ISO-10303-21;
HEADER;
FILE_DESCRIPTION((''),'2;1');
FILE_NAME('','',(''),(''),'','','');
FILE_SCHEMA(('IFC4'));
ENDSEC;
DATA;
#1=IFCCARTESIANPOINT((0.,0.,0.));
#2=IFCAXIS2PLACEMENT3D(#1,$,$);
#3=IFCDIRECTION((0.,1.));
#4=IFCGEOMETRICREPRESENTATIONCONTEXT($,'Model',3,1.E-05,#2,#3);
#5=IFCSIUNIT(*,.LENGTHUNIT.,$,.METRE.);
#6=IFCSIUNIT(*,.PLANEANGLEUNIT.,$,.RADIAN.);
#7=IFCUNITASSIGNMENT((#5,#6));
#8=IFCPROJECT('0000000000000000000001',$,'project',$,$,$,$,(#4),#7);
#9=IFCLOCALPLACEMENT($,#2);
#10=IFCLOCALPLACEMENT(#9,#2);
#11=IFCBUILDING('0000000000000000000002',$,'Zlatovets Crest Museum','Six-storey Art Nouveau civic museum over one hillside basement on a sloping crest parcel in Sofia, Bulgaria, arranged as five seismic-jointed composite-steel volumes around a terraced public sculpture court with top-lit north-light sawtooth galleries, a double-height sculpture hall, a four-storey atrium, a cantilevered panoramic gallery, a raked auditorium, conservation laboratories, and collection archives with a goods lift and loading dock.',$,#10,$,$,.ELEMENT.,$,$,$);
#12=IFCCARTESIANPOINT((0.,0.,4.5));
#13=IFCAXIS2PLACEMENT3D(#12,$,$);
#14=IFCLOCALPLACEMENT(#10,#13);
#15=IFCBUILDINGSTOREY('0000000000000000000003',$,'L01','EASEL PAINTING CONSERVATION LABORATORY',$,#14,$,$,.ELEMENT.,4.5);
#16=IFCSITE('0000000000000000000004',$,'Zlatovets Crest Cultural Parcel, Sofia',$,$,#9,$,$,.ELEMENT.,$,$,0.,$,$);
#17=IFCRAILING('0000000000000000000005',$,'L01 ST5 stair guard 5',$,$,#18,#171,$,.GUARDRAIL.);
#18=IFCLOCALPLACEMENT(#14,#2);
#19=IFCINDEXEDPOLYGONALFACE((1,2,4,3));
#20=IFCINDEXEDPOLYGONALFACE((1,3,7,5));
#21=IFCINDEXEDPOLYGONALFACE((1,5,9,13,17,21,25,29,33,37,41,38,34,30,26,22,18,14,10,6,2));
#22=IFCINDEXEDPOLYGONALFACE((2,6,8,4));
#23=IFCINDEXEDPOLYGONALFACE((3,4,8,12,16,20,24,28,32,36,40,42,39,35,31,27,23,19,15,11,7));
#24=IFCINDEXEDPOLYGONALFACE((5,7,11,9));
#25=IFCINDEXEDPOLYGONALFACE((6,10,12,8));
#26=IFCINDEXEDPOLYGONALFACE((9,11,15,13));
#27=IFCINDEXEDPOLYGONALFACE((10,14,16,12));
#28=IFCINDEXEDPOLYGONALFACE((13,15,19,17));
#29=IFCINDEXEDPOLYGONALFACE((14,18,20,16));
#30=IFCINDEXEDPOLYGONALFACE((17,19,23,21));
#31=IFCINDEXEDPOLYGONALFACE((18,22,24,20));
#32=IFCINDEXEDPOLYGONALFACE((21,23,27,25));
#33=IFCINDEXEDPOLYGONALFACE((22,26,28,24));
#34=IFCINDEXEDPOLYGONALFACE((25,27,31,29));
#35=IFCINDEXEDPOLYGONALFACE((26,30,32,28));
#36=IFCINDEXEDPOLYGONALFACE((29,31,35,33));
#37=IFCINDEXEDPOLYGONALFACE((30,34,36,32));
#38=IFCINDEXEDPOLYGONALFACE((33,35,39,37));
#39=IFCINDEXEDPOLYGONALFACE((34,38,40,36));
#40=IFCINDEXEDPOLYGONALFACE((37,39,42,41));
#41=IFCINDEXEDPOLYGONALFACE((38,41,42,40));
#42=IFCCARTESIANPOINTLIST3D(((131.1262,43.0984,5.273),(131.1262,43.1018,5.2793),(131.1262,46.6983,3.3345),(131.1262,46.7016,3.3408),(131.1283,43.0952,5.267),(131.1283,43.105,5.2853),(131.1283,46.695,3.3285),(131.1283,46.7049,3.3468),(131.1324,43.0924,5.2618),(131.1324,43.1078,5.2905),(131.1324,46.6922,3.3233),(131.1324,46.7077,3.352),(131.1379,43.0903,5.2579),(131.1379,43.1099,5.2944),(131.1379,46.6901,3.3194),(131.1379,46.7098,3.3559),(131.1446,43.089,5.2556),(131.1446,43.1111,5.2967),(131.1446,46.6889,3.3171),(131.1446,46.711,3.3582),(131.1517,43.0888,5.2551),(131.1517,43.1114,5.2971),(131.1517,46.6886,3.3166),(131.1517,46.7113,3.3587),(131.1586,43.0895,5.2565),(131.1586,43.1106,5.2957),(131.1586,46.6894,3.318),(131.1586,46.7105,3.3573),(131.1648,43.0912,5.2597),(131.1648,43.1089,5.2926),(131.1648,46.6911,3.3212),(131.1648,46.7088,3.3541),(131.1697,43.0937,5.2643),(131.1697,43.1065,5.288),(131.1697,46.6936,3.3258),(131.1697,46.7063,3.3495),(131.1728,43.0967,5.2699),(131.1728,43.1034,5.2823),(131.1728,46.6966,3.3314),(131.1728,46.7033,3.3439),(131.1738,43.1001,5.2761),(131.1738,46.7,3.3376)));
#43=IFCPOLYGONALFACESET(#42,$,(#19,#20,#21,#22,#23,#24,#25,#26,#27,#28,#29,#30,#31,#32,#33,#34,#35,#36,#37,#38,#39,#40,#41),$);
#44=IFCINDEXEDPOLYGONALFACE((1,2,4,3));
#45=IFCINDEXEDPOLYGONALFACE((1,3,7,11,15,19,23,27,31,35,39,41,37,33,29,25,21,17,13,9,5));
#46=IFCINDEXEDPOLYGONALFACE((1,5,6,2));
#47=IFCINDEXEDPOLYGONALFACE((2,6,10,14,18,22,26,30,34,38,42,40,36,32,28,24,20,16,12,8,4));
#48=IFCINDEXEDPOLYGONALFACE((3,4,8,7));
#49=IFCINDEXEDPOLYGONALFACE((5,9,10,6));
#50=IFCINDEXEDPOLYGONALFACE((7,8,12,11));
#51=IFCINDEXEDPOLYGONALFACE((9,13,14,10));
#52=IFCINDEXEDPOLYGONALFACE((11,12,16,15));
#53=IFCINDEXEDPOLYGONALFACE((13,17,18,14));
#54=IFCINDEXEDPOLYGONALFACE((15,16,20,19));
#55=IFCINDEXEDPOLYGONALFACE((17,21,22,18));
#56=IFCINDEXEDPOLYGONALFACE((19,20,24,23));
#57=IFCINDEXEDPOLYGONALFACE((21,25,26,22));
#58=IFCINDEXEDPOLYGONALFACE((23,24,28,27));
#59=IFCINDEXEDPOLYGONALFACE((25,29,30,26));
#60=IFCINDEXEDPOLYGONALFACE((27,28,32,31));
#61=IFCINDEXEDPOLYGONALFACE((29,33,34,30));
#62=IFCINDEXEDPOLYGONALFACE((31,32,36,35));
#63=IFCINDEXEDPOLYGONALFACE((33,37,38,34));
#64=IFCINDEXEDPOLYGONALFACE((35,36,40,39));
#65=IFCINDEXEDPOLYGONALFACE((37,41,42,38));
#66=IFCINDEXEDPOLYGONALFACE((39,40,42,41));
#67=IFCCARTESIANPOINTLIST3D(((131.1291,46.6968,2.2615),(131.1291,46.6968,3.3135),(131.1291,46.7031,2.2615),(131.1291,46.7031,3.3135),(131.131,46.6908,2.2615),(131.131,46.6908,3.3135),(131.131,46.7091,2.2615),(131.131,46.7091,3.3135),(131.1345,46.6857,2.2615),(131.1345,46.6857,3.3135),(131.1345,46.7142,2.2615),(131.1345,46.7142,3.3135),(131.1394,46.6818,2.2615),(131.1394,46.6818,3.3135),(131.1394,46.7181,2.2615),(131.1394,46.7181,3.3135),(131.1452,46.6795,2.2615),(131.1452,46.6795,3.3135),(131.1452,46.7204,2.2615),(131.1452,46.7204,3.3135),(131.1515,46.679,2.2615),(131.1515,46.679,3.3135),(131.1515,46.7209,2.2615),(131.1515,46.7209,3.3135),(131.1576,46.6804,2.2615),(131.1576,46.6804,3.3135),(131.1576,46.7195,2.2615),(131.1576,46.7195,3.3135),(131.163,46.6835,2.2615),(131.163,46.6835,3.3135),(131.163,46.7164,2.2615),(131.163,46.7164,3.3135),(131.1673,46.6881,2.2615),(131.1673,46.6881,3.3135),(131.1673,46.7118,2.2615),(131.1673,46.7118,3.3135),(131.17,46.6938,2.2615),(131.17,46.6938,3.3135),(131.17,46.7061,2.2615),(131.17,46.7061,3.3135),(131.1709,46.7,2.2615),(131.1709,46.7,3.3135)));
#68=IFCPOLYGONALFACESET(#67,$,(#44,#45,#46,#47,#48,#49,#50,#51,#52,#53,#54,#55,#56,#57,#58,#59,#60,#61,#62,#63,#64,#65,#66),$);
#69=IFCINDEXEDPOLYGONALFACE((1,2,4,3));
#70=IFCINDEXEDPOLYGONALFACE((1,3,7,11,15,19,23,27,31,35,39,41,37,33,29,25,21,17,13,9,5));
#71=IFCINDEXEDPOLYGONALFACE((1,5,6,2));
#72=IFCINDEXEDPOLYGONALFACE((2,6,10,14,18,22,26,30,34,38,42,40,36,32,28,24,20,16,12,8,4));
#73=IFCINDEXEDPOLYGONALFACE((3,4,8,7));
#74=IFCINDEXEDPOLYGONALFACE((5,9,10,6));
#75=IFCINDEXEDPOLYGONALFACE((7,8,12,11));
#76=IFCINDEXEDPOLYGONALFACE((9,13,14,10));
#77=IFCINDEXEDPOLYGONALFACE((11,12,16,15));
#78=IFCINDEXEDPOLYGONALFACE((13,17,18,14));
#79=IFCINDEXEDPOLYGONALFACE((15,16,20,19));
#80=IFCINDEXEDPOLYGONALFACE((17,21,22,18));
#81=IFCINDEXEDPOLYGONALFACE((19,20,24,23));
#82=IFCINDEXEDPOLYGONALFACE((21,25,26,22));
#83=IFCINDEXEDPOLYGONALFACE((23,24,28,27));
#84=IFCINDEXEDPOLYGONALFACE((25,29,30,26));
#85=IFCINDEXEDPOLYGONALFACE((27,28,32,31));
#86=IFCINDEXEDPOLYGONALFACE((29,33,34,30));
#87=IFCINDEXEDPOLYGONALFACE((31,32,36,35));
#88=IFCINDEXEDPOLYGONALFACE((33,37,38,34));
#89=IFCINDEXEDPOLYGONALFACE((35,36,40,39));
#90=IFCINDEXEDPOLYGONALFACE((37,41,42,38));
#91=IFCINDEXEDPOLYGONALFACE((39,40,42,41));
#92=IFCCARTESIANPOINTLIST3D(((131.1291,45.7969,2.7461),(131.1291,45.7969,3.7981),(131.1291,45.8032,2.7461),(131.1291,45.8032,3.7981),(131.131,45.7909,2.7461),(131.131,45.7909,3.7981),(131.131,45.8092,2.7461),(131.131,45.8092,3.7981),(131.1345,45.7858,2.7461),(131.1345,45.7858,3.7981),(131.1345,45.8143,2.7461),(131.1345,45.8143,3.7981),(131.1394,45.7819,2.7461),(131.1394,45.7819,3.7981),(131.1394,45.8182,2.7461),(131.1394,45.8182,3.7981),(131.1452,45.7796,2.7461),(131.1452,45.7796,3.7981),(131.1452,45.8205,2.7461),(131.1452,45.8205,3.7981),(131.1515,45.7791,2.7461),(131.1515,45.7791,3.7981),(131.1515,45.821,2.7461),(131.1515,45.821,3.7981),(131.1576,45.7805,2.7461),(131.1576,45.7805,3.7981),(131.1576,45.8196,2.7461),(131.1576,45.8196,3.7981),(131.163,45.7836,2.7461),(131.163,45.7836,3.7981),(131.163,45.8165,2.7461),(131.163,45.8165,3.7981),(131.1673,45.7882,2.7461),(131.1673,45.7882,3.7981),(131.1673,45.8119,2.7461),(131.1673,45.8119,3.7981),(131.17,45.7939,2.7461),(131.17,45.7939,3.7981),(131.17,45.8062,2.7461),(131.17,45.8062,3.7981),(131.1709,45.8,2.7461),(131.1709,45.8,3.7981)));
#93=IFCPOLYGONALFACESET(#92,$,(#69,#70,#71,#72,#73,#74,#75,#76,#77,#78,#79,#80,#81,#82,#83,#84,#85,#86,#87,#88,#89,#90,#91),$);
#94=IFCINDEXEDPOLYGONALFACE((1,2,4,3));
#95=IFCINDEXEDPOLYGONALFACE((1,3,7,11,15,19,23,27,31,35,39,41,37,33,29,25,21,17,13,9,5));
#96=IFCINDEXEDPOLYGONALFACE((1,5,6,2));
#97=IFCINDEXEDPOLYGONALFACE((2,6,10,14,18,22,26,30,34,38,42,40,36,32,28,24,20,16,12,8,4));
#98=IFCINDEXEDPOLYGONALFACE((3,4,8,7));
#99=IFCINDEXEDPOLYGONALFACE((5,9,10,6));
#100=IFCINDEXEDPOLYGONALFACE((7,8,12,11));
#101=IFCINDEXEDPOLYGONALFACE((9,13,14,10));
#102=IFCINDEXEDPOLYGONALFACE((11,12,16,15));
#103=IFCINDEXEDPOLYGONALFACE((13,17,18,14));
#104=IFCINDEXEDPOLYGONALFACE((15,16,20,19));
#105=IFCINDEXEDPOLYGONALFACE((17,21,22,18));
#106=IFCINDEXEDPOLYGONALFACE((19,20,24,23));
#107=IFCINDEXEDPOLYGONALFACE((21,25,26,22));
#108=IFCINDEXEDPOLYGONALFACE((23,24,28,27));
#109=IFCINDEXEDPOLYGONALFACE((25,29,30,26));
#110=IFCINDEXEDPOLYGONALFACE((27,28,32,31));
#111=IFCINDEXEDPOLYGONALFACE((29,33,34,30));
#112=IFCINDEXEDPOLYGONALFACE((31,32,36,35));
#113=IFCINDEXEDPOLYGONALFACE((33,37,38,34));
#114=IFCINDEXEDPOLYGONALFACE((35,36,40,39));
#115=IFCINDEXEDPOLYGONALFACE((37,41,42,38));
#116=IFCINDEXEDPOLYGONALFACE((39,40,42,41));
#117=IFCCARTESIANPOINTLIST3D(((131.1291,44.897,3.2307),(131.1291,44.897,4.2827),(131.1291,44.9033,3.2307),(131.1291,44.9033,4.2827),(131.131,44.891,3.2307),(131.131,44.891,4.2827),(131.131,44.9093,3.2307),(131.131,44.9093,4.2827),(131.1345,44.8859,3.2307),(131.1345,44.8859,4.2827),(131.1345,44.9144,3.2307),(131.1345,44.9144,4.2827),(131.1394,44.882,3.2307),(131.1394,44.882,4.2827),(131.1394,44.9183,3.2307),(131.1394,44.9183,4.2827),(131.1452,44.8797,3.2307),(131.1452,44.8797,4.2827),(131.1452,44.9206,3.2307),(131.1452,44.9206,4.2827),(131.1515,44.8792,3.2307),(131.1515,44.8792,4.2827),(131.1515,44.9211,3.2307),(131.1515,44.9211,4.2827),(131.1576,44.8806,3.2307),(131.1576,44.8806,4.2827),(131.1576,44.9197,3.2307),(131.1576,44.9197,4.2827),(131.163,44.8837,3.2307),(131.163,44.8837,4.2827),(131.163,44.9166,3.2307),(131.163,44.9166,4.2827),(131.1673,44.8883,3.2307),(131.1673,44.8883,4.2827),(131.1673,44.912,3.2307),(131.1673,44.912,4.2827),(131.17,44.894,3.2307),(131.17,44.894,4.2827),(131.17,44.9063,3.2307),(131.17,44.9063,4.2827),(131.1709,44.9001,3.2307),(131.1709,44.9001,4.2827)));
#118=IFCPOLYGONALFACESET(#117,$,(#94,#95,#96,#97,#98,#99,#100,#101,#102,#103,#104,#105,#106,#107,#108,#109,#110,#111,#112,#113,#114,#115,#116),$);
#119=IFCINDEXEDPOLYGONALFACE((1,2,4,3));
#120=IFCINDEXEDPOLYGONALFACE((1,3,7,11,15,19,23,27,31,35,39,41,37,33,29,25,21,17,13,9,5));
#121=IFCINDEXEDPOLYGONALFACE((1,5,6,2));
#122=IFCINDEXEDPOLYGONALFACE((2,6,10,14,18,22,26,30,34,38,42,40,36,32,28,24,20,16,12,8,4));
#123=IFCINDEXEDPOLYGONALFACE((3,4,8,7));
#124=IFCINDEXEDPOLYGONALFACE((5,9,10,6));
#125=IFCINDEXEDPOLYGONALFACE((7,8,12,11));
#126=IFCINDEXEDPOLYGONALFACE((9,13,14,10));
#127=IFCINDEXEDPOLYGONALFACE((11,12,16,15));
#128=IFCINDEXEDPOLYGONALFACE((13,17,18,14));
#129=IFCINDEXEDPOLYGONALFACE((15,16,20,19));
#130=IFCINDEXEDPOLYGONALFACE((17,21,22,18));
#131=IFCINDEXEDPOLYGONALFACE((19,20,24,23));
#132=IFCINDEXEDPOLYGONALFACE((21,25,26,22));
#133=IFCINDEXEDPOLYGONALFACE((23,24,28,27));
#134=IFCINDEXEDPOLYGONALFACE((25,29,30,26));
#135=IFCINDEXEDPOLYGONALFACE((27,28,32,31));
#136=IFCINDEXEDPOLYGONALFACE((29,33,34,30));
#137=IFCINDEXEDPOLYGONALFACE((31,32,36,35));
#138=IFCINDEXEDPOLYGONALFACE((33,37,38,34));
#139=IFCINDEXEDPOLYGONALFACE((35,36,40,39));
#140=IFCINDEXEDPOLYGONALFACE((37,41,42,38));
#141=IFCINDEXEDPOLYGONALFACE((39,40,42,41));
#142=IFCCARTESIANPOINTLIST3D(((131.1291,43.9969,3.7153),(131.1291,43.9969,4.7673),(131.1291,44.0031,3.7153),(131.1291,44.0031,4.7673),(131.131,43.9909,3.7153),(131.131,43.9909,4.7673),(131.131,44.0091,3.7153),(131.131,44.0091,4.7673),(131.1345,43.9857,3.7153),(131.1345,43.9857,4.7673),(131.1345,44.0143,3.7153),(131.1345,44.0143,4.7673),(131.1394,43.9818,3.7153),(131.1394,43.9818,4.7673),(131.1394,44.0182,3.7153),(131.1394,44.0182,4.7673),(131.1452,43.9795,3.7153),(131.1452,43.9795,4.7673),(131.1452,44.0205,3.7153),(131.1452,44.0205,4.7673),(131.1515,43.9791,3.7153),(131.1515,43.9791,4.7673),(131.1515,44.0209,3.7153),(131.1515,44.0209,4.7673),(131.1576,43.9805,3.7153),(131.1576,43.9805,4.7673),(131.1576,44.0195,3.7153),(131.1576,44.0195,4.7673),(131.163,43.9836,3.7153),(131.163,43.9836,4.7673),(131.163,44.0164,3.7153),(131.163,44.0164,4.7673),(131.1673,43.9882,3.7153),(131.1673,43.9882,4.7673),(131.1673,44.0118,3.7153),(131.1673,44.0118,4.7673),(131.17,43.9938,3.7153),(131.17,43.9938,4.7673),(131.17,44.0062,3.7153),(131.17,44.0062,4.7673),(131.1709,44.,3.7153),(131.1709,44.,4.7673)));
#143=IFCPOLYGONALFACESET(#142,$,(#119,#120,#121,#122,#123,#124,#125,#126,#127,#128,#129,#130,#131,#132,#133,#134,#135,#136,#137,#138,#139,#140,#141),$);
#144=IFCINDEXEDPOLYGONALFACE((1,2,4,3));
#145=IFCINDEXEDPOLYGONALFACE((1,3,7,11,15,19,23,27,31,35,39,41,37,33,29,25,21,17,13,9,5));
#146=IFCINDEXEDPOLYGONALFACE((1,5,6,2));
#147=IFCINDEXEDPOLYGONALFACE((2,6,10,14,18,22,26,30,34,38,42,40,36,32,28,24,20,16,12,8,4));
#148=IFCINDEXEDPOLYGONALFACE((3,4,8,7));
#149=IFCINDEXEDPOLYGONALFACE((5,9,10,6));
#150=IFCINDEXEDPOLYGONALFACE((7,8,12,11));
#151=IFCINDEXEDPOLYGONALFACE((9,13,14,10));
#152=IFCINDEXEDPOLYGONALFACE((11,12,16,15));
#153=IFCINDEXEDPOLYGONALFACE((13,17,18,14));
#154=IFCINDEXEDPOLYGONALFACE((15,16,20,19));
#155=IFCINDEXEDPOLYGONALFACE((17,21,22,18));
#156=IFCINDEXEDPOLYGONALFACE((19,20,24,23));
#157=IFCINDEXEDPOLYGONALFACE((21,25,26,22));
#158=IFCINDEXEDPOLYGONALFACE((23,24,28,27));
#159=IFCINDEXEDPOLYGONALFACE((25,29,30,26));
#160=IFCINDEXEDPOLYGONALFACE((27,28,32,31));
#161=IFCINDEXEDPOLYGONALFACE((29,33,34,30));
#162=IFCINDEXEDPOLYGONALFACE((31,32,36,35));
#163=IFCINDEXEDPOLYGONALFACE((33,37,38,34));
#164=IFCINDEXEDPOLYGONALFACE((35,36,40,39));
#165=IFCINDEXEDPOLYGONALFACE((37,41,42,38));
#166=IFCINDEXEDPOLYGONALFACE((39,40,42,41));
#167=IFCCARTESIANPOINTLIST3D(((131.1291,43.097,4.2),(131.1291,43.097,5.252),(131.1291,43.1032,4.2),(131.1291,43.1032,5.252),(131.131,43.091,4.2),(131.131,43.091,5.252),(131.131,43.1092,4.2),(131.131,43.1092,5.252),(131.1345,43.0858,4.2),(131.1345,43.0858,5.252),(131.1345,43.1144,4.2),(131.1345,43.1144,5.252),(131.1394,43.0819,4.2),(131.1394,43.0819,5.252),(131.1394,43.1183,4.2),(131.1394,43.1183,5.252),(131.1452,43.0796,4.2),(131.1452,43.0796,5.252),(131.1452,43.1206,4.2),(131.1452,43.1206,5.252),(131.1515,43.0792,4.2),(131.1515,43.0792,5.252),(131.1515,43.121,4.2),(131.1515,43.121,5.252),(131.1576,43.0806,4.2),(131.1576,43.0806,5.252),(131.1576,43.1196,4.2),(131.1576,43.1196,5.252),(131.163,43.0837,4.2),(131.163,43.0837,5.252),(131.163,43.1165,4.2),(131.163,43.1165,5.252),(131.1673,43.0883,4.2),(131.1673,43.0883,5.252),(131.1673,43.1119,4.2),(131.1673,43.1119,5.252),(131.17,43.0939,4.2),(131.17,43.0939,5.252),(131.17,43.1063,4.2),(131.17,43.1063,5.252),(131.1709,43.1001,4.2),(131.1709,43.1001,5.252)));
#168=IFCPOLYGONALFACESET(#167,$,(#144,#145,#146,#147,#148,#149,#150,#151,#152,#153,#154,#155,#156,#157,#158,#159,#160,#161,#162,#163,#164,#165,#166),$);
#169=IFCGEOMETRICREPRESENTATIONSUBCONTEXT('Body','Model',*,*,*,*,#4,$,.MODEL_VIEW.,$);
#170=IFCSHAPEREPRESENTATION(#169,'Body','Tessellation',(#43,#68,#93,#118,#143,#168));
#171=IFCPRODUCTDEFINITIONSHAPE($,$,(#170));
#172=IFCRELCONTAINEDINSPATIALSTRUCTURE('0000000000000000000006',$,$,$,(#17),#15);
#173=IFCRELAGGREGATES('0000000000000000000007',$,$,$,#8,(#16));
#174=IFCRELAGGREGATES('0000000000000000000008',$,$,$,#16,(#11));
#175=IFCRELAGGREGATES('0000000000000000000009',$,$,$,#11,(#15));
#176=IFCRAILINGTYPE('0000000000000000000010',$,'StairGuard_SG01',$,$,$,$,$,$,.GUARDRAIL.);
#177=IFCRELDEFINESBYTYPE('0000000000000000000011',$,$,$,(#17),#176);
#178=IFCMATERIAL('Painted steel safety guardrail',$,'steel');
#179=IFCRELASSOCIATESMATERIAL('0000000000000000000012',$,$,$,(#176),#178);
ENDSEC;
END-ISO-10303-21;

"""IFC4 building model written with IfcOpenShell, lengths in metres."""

from ifc_helpers import new_model, si_unit, direction, frame, origin, origin_2d, place, context, subcontext, project, spatial, circle, extrude, material, type_object, element, save


model = new_model("IFC4")

# Units and contexts
model_context = context("Model", 3, precision=1e-05, world=origin(), true_north=direction((0.0, 1.0)))
body_context = subcontext(model_context, "Body", "Model", "MODEL_VIEW")
ifc_project = project(units=[si_unit("LENGTHUNIT", "METRE"), si_unit("PLANEANGLEUNIT", "RADIAN")], contexts=[model_context])

# Site, building, storey
site_placement = place(None, origin())
site = spatial("IfcSite", under=ifc_project, at=site_placement, Name="Zlatovets Crest Cultural Parcel, Sofia", CompositionType="ELEMENT", RefElevation=0.0)
building_placement = place(site_placement, origin())
building = spatial("IfcBuilding", under=site, at=building_placement, Name="Zlatovets Crest Museum", Description="Six-storey Art Nouveau civic museum over one hillside basement on a sloping crest parcel in Sofia, Bulgaria, arranged as five seismic-jointed composite-steel volumes around a terraced public sculpture court with top-lit north-light sawtooth galleries, a double-height sculpture hall, a four-storey atrium, a cantilevered panoramic gallery, a raked auditorium, conservation laboratories, and collection archives with a goods lift and loading dock.", CompositionType="ELEMENT")
storey_placement = place(building_placement, frame((0.0, 0.0, 4.5)))
storey = spatial("IfcBuildingStorey", under=building, at=storey_placement, Name="L01", Description="EASEL PAINTING CONSERVATION LABORATORY", CompositionType="ELEMENT", Elevation=4.5)

# Railing
ifc_material_1 = material(Name="Painted steel safety guardrail", Category="steel")
railing_type_1 = type_object("IfcRailingType", Name="StairGuard_SG01", PredefinedType="GUARDRAIL", material=ifc_material_1)
railing_1_placement = place(storey_placement, frame((131.1499, 46.7, 2.2615)))
element("IfcRailing", 1, at=railing_1_placement, inside=storey, type_object=railing_type_1, Name="L01 ST5 stair guard 5", PredefinedType="GUARDRAIL", context=body_context, shape_type="SweptSolid", body=[
    extrude(circle(Radius=0.0239, at=origin_2d()), frame((0.0, 0.0, 1.0762), z_axis=(0.0, -0.880462, 0.474118), x_axis=(1.0, 0.0, 0.0)), (0.0, 0.0, 1.0), 4.0886),
    extrude(circle(Radius=0.021, at=origin_2d()), origin(), (0.0, 0.0, 1.0), 1.052),
    extrude(circle(Radius=0.021, at=origin_2d()), frame((0.0, -0.8999, 0.4846)), (0.0, 0.0, 1.0), 1.052),
    extrude(circle(Radius=0.021, at=origin_2d()), frame((0.0, -1.7998, 0.9692)), (0.0, 0.0, 1.0), 1.052),
    extrude(circle(Radius=0.021, at=origin_2d()), frame((0.0, -2.7, 1.4539)), (0.0, 0.0, 1.0), 1.052),
    extrude(circle(Radius=0.021, at=origin_2d()), frame((0.0, -3.5999, 1.9385)), (0.0, 0.0, 1.0), 1.052),
])

save(model, "model.ifc")
